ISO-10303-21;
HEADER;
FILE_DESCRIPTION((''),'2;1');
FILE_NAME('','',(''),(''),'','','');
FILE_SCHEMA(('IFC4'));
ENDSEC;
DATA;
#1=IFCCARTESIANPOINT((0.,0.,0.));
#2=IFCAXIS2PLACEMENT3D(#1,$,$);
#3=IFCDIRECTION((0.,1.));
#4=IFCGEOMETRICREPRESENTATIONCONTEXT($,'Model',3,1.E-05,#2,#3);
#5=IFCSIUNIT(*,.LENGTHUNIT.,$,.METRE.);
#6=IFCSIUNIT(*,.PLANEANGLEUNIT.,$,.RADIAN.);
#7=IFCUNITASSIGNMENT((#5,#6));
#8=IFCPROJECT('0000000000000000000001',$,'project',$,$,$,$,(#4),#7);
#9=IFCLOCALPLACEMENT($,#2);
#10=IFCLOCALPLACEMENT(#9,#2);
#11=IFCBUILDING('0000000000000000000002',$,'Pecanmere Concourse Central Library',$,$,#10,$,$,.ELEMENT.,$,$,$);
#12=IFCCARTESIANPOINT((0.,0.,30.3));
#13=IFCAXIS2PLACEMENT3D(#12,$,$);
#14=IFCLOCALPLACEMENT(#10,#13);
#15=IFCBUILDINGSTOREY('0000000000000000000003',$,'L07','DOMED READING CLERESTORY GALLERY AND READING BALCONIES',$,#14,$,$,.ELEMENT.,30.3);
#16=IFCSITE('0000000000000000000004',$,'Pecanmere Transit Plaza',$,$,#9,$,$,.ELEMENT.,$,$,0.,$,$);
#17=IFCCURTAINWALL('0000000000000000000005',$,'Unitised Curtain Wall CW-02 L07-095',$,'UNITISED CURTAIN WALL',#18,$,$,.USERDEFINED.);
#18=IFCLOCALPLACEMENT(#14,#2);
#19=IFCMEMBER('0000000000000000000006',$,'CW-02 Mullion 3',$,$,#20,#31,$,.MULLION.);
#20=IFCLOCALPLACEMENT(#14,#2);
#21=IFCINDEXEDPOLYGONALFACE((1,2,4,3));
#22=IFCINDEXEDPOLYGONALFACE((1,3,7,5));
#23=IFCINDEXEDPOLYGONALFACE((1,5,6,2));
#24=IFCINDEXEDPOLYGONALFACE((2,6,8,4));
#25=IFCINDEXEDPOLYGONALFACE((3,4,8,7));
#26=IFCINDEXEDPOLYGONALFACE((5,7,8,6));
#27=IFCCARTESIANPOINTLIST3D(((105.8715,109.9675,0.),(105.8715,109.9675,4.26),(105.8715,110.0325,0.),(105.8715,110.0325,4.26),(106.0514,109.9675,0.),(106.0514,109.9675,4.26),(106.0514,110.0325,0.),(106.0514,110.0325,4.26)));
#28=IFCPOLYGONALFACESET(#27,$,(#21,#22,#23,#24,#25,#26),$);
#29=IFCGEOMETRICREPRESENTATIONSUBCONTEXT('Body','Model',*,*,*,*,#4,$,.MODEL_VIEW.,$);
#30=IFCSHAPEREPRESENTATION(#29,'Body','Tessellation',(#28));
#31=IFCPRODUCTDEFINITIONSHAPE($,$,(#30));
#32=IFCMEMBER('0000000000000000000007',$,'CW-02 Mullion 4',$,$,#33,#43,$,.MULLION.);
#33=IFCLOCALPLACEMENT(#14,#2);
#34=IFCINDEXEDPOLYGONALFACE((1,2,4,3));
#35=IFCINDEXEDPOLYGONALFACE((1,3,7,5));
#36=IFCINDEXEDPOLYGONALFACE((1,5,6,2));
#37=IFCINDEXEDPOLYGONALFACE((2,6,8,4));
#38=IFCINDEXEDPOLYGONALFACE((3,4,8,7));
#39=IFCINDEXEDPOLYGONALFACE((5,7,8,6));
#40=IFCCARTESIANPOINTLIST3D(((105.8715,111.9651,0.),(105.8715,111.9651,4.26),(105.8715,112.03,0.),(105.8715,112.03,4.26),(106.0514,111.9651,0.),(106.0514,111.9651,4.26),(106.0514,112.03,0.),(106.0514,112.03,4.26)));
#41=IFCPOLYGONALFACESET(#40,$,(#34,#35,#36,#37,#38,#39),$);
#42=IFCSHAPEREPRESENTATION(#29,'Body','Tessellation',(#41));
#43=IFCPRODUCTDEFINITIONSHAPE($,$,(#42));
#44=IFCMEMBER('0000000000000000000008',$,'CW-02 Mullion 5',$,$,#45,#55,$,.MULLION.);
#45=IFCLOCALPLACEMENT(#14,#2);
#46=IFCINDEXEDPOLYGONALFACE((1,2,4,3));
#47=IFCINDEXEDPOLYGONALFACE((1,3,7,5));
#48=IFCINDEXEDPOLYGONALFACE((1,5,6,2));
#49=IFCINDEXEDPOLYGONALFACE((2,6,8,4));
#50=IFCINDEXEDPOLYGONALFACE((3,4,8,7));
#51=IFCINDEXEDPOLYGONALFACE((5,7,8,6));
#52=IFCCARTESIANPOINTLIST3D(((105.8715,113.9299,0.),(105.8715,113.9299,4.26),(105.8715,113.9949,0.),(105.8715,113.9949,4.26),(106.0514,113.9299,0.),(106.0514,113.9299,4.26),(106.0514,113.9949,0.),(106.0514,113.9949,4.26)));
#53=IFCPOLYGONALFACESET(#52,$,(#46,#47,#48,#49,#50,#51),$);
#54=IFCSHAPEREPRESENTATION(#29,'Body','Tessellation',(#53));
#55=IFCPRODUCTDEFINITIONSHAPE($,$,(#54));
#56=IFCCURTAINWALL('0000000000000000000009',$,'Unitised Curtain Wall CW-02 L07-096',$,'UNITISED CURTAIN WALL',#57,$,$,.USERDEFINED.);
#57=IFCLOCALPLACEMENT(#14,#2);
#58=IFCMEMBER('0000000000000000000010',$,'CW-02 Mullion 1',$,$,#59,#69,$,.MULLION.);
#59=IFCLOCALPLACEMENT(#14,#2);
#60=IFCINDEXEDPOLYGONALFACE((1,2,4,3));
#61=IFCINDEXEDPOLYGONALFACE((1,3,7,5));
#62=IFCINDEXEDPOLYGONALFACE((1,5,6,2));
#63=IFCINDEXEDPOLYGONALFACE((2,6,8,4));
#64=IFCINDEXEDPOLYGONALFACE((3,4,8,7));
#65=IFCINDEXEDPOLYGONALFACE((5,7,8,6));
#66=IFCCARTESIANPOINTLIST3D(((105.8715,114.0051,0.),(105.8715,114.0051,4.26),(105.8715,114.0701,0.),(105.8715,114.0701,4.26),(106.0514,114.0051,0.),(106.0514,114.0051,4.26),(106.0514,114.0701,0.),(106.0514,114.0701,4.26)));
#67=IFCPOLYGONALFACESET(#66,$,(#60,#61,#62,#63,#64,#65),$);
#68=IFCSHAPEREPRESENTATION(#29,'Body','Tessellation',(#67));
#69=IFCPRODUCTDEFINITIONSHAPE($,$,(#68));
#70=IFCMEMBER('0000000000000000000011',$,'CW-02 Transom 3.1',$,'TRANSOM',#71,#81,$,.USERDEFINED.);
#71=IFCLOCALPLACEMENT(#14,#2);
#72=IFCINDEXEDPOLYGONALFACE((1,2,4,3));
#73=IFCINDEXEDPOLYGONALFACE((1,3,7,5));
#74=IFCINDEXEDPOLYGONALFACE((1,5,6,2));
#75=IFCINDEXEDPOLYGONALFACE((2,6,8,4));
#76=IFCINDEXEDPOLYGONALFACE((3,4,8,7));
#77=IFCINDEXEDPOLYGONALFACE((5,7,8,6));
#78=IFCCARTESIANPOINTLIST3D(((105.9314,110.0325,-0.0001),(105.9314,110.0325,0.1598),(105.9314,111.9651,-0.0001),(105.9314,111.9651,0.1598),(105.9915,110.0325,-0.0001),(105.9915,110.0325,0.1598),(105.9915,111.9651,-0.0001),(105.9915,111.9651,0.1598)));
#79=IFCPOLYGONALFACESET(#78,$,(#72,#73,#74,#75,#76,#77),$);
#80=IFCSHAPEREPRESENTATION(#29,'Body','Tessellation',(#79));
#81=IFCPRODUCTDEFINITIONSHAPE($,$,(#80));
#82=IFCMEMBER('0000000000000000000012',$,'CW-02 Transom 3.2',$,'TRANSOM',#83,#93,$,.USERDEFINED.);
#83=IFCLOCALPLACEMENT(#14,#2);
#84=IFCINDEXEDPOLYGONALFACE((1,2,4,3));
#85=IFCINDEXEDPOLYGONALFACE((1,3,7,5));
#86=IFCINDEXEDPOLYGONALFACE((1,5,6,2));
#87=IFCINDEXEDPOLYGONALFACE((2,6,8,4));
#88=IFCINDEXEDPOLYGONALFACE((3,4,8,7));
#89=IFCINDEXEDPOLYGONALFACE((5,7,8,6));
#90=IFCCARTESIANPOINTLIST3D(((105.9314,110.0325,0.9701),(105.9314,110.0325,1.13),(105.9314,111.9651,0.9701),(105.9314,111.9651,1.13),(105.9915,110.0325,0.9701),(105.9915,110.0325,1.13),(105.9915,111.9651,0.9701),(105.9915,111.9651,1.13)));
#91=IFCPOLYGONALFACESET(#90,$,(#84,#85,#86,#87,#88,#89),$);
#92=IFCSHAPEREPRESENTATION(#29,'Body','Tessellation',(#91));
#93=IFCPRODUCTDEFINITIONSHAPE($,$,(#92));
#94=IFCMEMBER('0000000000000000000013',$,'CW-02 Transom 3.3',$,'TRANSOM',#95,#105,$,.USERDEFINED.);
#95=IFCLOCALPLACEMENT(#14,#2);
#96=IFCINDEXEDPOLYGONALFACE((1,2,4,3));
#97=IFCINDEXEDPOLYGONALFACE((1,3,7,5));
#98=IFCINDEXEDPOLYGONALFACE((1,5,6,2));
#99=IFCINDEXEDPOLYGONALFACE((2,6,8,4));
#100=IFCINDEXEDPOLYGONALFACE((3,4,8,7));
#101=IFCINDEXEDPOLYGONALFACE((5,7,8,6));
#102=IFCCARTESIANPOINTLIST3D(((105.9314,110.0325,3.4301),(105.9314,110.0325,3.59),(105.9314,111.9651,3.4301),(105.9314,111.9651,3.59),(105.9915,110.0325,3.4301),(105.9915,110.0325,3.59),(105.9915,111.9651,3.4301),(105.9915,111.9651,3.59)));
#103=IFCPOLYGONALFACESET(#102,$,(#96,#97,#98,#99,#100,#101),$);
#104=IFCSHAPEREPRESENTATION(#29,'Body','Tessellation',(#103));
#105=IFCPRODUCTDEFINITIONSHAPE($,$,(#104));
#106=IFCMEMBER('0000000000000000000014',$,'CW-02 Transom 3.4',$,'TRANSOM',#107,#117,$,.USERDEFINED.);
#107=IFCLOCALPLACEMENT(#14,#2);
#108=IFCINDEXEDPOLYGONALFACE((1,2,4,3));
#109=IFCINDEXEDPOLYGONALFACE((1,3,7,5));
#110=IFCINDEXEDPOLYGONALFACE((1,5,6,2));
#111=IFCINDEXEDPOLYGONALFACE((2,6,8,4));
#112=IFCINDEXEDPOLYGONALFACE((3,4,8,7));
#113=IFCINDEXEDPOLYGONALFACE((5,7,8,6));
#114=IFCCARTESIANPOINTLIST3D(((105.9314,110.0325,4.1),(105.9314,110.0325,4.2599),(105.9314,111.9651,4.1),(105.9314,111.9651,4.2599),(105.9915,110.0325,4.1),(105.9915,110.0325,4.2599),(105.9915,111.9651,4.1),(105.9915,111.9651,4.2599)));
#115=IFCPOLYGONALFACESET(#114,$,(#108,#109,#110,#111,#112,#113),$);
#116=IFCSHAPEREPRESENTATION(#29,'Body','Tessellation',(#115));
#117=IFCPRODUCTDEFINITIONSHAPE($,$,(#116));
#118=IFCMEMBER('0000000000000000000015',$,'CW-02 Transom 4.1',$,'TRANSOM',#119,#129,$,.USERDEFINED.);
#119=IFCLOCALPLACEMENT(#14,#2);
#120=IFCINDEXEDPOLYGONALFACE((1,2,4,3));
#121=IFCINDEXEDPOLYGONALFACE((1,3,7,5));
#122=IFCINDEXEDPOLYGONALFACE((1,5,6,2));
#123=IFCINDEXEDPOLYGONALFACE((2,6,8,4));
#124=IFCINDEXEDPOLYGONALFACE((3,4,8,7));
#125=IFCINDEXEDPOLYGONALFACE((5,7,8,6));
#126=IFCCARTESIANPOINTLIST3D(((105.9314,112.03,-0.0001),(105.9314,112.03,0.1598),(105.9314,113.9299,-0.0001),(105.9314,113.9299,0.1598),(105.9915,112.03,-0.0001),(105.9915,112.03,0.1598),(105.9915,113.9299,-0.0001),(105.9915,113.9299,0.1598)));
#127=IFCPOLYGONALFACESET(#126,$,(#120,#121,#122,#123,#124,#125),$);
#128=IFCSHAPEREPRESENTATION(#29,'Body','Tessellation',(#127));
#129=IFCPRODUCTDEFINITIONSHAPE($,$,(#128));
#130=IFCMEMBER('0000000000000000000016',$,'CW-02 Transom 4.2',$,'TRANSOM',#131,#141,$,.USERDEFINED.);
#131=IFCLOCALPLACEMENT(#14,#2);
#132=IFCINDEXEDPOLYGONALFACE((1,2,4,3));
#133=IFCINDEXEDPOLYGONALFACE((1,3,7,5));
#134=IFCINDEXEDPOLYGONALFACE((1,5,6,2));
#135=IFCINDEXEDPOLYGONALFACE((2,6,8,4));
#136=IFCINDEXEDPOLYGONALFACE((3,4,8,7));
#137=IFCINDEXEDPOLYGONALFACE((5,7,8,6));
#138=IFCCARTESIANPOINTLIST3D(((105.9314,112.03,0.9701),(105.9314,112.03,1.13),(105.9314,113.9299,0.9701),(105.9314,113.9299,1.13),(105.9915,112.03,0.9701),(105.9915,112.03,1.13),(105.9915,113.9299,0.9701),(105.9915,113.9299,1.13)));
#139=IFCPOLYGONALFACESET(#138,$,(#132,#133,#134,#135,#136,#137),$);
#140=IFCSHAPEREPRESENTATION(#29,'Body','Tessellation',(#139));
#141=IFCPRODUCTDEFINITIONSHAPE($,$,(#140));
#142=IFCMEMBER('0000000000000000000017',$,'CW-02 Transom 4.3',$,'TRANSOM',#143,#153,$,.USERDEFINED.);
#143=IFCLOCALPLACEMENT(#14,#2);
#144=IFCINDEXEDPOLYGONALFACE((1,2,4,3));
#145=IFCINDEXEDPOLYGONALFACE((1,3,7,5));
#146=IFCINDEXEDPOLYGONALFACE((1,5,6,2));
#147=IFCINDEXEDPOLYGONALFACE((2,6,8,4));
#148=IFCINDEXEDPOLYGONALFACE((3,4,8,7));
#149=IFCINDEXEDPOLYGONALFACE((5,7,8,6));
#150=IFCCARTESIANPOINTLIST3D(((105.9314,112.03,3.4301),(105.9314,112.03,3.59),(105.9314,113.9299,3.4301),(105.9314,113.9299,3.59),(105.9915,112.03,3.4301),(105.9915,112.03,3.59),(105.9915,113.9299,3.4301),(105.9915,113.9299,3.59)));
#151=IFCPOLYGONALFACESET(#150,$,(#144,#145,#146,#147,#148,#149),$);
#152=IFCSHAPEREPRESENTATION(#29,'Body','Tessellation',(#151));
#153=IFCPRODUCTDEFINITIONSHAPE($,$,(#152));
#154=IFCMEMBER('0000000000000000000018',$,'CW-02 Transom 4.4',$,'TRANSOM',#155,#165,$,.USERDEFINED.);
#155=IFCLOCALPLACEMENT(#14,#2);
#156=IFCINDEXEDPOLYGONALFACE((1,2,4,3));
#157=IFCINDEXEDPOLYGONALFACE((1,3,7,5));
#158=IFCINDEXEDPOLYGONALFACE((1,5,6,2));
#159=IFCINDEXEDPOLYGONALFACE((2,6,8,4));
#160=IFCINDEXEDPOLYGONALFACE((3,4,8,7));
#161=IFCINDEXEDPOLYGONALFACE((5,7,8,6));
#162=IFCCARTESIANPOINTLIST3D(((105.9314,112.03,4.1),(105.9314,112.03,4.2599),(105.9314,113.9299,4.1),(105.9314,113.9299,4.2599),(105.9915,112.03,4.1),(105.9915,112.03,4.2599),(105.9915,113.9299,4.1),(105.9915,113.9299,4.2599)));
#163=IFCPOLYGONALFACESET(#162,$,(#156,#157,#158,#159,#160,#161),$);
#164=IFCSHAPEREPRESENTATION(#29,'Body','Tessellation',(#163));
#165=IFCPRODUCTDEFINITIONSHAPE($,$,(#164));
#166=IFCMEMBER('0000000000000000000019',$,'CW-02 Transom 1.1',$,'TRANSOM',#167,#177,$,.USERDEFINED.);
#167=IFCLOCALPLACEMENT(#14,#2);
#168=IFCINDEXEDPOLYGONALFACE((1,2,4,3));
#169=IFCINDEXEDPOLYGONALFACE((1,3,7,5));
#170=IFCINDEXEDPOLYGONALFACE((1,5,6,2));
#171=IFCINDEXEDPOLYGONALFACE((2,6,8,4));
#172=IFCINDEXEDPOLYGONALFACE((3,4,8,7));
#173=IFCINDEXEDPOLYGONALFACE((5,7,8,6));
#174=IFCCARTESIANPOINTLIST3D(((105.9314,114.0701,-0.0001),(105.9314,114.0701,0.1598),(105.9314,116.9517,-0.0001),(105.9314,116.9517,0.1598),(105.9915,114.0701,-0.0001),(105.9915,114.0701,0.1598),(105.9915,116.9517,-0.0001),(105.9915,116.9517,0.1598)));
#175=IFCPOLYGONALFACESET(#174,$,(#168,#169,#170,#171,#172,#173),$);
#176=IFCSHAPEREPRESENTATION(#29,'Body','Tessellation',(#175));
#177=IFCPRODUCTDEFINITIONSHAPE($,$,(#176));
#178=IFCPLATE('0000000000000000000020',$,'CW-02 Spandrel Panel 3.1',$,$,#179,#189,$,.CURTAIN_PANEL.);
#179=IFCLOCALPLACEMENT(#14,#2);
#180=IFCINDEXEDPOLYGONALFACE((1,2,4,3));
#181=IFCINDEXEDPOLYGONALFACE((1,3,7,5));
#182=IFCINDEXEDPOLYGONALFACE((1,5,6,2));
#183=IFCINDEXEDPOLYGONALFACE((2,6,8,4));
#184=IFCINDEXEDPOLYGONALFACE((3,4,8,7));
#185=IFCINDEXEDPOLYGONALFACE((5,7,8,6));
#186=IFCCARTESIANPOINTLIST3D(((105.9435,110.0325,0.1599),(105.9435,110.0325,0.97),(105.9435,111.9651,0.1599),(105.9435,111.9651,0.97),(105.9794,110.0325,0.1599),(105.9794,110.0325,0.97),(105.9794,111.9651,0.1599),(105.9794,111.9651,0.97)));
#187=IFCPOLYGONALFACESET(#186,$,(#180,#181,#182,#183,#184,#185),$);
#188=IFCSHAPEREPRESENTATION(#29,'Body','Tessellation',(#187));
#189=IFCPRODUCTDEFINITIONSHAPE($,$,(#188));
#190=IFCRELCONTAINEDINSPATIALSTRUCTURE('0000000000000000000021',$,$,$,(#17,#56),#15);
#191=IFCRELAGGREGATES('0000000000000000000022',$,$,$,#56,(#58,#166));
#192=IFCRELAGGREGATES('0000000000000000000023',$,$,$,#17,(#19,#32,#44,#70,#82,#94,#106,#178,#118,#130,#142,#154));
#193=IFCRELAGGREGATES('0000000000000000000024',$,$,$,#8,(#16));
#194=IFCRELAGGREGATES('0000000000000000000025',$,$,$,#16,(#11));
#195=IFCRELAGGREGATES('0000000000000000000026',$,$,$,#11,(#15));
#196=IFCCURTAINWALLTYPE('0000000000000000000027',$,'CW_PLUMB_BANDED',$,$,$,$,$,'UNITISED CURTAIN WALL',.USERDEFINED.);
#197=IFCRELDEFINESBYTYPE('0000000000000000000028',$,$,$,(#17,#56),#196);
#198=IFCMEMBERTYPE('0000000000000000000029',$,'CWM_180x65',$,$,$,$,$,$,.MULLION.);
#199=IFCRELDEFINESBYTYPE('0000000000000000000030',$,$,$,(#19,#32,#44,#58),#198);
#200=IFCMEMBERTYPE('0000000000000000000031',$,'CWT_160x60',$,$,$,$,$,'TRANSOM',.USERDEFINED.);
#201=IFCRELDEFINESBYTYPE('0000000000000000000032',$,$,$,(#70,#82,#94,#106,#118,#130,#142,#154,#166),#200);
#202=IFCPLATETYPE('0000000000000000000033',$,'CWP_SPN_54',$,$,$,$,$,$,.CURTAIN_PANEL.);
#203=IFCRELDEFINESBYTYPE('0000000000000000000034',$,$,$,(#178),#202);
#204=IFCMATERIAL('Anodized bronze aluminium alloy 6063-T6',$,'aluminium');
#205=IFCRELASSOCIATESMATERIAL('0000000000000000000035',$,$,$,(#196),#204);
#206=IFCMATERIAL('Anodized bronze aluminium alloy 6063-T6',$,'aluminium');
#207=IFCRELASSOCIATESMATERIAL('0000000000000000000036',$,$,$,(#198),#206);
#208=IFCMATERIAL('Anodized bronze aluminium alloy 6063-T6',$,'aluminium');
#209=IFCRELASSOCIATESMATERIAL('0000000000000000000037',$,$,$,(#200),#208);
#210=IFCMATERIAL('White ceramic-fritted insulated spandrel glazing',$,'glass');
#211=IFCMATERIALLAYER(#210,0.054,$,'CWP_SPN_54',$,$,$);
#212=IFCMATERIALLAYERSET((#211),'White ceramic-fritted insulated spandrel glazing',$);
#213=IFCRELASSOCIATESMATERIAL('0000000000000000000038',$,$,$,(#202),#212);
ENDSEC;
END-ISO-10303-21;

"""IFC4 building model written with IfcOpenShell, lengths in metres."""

from ifc_helpers import new_model, si_unit, direction, frame, origin, origin_2d, place, context, subcontext, project, spatial, rectangle, extrude, material, layer, layer_set, material_profile, profile_set, type_object, element, aggregate, save


model = new_model("IFC4")

# Units and contexts
model_context = context("Model", 3, precision=1e-05, world=origin(), true_north=direction((0.0, 1.0)))
body_context = subcontext(model_context, "Body", "Model", "MODEL_VIEW")
ifc_project = project(units=[si_unit("LENGTHUNIT", "METRE"), si_unit("PLANEANGLEUNIT", "RADIAN")], contexts=[model_context])

# Site, building, storey
site_placement = place(None, origin())
site = spatial("IfcSite", under=ifc_project, at=site_placement, Name="Pecanmere Transit Plaza", CompositionType="ELEMENT", RefElevation=0.0)
building_placement = place(site_placement, origin())
building = spatial("IfcBuilding", under=site, at=building_placement, Name="Pecanmere Concourse Central Library", CompositionType="ELEMENT")
storey_placement = place(building_placement, frame((0.0, 0.0, 30.3)))
storey = spatial("IfcBuildingStorey", under=building, at=storey_placement, Name="L07", Description="DOMED READING CLERESTORY GALLERY AND READING BALCONIES", CompositionType="ELEMENT", Elevation=30.3)

# Curtain wall, members
ifc_material_1 = material(Name="Anodized bronze aluminium alloy 6063-T6", Category="aluminium")
curtain_wall_type = type_object("IfcCurtainWallType", Name="CW_PLUMB_BANDED", ElementType="UNITISED CURTAIN WALL", PredefinedType="USERDEFINED", material=ifc_material_1)
curtain_wall_1_placement = place(storey_placement, origin())
curtain_wall_1 = element("IfcCurtainWall", 1, at=curtain_wall_1_placement, inside=storey, type_object=curtain_wall_type, Name="Unitised Curtain Wall CW-02 L07-095", ObjectType="UNITISED CURTAIN WALL", PredefinedType="USERDEFINED")
ifc_material_2 = material(Name="Anodized bronze aluminium alloy 6063-T6", Category="aluminium")
ifc_material_profile_1 = material_profile(ifc_material_2, rectangle(XDim=0.0649, YDim=0.1799, at=origin_2d()), Name="AL 65x180")
ifc_profile_set_1 = profile_set([ifc_material_profile_1], Name="Anodized bronze aluminium alloy 6063-T6")
member_type_1 = type_object("IfcMemberType", Name="CWM_180x65", PredefinedType="MULLION", material=ifc_profile_set_1)
member_1_placement = place(storey_placement, frame((105.9614, 110.0, 0.0), z_axis=(0.0, 0.0, 1.0), x_axis=(0.0, 1.0, 0.0)))
member_1 = element("IfcMember", 2, at=member_1_placement, type_object=member_type_1, Name="CW-02 Mullion 3", PredefinedType="MULLION", context=body_context, shape_type="SweptSolid", body=[
    extrude(rectangle(XDim=0.0649, YDim=0.1799, at=origin_2d()), origin(), (0.0, 0.0, 1.0), 4.26),
])
member_2_placement = place(storey_placement, frame((105.9614, 111.9976, 0.0), z_axis=(0.0, 0.0, 1.0), x_axis=(0.0, 1.0, 0.0)))
member_2 = element("IfcMember", 3, at=member_2_placement, type_object=member_type_1, Name="CW-02 Mullion 4", PredefinedType="MULLION", context=body_context, shape_type="SweptSolid", body=[
    extrude(rectangle(XDim=0.0649, YDim=0.1799, at=origin_2d()), origin(), (0.0, 0.0, 1.0), 4.26),
])
member_3_placement = place(storey_placement, frame((105.9614, 113.9624, 0.0), z_axis=(0.0, 0.0, 1.0), x_axis=(0.0, 1.0, 0.0)))
member_3 = element("IfcMember", 4, at=member_3_placement, type_object=member_type_1, Name="CW-02 Mullion 5", PredefinedType="MULLION", context=body_context, shape_type="SweptSolid", body=[
    extrude(rectangle(XDim=0.0649, YDim=0.1799, at=origin_2d()), origin(), (0.0, 0.0, 1.0), 4.26),
])

# Curtain wall, member
curtain_wall_2_placement = place(storey_placement, origin())
curtain_wall_2 = element("IfcCurtainWall", 5, at=curtain_wall_2_placement, inside=storey, type_object=curtain_wall_type, Name="Unitised Curtain Wall CW-02 L07-096", ObjectType="UNITISED CURTAIN WALL", PredefinedType="USERDEFINED")
member_4_placement = place(storey_placement, frame((105.9614, 114.0376, 0.0), z_axis=(0.0, 0.0, 1.0), x_axis=(0.0, 1.0, 0.0)))
member_4 = element("IfcMember", 6, at=member_4_placement, type_object=member_type_1, Name="CW-02 Mullion 1", PredefinedType="MULLION", context=body_context, shape_type="SweptSolid", body=[
    extrude(rectangle(XDim=0.0649, YDim=0.1799, at=origin_2d()), origin(), (0.0, 0.0, 1.0), 4.26),
])

# Members
ifc_material_3 = material(Name="Anodized bronze aluminium alloy 6063-T6", Category="aluminium")
ifc_material_profile_2 = material_profile(ifc_material_3, rectangle(XDim=0.0601, YDim=0.1599, at=origin_2d()), Name="AL 60x160")
ifc_profile_set_2 = profile_set([ifc_material_profile_2], Name="Anodized bronze aluminium alloy 6063-T6")
member_type_2 = type_object("IfcMemberType", Name="CWT_160x60", ElementType="TRANSOM", PredefinedType="USERDEFINED", material=ifc_profile_set_2)
member_5_placement = place(storey_placement, frame((105.9614, 110.0325, 0.0798), z_axis=(0.0, 1.0, 0.0), x_axis=(-1.0, 0.0, 0.0)))
member_5 = element("IfcMember", 7, at=member_5_placement, type_object=member_type_2, Name="CW-02 Transom 3.1", ObjectType="TRANSOM", PredefinedType="USERDEFINED", context=body_context, shape_type="SweptSolid", body=[
    extrude(rectangle(XDim=0.0601, YDim=0.1599, at=origin_2d()), origin(), (0.0, 0.0, 1.0), 1.9326),
])
member_6_placement = place(storey_placement, frame((105.9614, 110.0325, 1.05), z_axis=(0.0, 1.0, 0.0), x_axis=(-1.0, 0.0, 0.0)))
member_6 = element("IfcMember", 8, at=member_6_placement, type_object=member_type_2, Name="CW-02 Transom 3.2", ObjectType="TRANSOM", PredefinedType="USERDEFINED", context=body_context, shape_type="SweptSolid", body=[
    extrude(rectangle(XDim=0.0601, YDim=0.1599, at=origin_2d()), origin(), (0.0, 0.0, 1.0), 1.9326),
])
member_7_placement = place(storey_placement, frame((105.9614, 110.0325, 3.51), z_axis=(0.0, 1.0, 0.0), x_axis=(-1.0, 0.0, 0.0)))
member_7 = element("IfcMember", 9, at=member_7_placement, type_object=member_type_2, Name="CW-02 Transom 3.3", ObjectType="TRANSOM", PredefinedType="USERDEFINED", context=body_context, shape_type="SweptSolid", body=[
    extrude(rectangle(XDim=0.0601, YDim=0.1599, at=origin_2d()), origin(), (0.0, 0.0, 1.0), 1.9326),
])
member_8_placement = place(storey_placement, frame((105.9614, 110.0325, 4.1799), z_axis=(0.0, 1.0, 0.0), x_axis=(-1.0, 0.0, 0.0)))
member_8 = element("IfcMember", 10, at=member_8_placement, type_object=member_type_2, Name="CW-02 Transom 3.4", ObjectType="TRANSOM", PredefinedType="USERDEFINED", context=body_context, shape_type="SweptSolid", body=[
    extrude(rectangle(XDim=0.0601, YDim=0.1599, at=origin_2d()), origin(), (0.0, 0.0, 1.0), 1.9326),
])
member_9_placement = place(storey_placement, frame((105.9614, 112.03, 0.0798), z_axis=(0.0, 1.0, 0.0), x_axis=(-1.0, 0.0, 0.0)))
member_9 = element("IfcMember", 11, at=member_9_placement, type_object=member_type_2, Name="CW-02 Transom 4.1", ObjectType="TRANSOM", PredefinedType="USERDEFINED", context=body_context, shape_type="SweptSolid", body=[
    extrude(rectangle(XDim=0.0601, YDim=0.1599, at=origin_2d()), origin(), (0.0, 0.0, 1.0), 1.8999),
])
member_10_placement = place(storey_placement, frame((105.9614, 112.03, 1.05), z_axis=(0.0, 1.0, 0.0), x_axis=(-1.0, 0.0, 0.0)))
member_10 = element("IfcMember", 12, at=member_10_placement, type_object=member_type_2, Name="CW-02 Transom 4.2", ObjectType="TRANSOM", PredefinedType="USERDEFINED", context=body_context, shape_type="SweptSolid", body=[
    extrude(rectangle(XDim=0.0601, YDim=0.1599, at=origin_2d()), origin(), (0.0, 0.0, 1.0), 1.8999),
])
member_11_placement = place(storey_placement, frame((105.9614, 112.03, 3.51), z_axis=(0.0, 1.0, 0.0), x_axis=(-1.0, 0.0, 0.0)))
member_11 = element("IfcMember", 13, at=member_11_placement, type_object=member_type_2, Name="CW-02 Transom 4.3", ObjectType="TRANSOM", PredefinedType="USERDEFINED", context=body_context, shape_type="SweptSolid", body=[
    extrude(rectangle(XDim=0.0601, YDim=0.1599, at=origin_2d()), origin(), (0.0, 0.0, 1.0), 1.8999),
])
member_12_placement = place(storey_placement, frame((105.9614, 112.03, 4.1799), z_axis=(0.0, 1.0, 0.0), x_axis=(-1.0, 0.0, 0.0)))
member_12 = element("IfcMember", 14, at=member_12_placement, type_object=member_type_2, Name="CW-02 Transom 4.4", ObjectType="TRANSOM", PredefinedType="USERDEFINED", context=body_context, shape_type="SweptSolid", body=[
    extrude(rectangle(XDim=0.0601, YDim=0.1599, at=origin_2d()), origin(), (0.0, 0.0, 1.0), 1.8999),
])
member_13_placement = place(storey_placement, frame((105.9614, 114.0701, 0.0798), z_axis=(0.0, 1.0, 0.0), x_axis=(-1.0, 0.0, 0.0)))
member_13 = element("IfcMember", 15, at=member_13_placement, type_object=member_type_2, Name="CW-02 Transom 1.1", ObjectType="TRANSOM", PredefinedType="USERDEFINED", context=body_context, shape_type="SweptSolid", body=[
    extrude(rectangle(XDim=0.0601, YDim=0.1599, at=origin_2d()), origin(), (0.0, 0.0, 1.0), 2.8816),
])
aggregate(curtain_wall_2, [member_4, member_13])

# Plate
ifc_material_4 = material(Name="White ceramic-fritted insulated spandrel glazing", Category="glass")
ifc_layer_1 = layer(ifc_material_4, 0.054, Name="CWP_SPN_54")
ifc_layer_set_1 = layer_set([ifc_layer_1], Name="White ceramic-fritted insulated spandrel glazing")
plate_type_1 = type_object("IfcPlateType", Name="CWP_SPN_54", PredefinedType="CURTAIN_PANEL", material=ifc_layer_set_1)
plate_1_placement = place(storey_placement, frame((105.9614, 110.9988, 0.1599), z_axis=(0.0, 0.0, 1.0), x_axis=(0.0, 1.0, 0.0)))
plate_1 = element("IfcPlate", 16, at=plate_1_placement, type_object=plate_type_1, Name="CW-02 Spandrel Panel 3.1", PredefinedType="CURTAIN_PANEL", context=body_context, shape_type="SweptSolid", body=[
    extrude(rectangle(XDim=1.9326, YDim=0.0359, at=origin_2d()), origin(), (0.0, 0.0, 1.0), 0.8101),
])
aggregate(curtain_wall_1, [member_1, member_2, member_3, member_5, member_6, member_7, member_8, plate_1, member_9, member_10, member_11, member_12])

save(model, "model.ifc")
